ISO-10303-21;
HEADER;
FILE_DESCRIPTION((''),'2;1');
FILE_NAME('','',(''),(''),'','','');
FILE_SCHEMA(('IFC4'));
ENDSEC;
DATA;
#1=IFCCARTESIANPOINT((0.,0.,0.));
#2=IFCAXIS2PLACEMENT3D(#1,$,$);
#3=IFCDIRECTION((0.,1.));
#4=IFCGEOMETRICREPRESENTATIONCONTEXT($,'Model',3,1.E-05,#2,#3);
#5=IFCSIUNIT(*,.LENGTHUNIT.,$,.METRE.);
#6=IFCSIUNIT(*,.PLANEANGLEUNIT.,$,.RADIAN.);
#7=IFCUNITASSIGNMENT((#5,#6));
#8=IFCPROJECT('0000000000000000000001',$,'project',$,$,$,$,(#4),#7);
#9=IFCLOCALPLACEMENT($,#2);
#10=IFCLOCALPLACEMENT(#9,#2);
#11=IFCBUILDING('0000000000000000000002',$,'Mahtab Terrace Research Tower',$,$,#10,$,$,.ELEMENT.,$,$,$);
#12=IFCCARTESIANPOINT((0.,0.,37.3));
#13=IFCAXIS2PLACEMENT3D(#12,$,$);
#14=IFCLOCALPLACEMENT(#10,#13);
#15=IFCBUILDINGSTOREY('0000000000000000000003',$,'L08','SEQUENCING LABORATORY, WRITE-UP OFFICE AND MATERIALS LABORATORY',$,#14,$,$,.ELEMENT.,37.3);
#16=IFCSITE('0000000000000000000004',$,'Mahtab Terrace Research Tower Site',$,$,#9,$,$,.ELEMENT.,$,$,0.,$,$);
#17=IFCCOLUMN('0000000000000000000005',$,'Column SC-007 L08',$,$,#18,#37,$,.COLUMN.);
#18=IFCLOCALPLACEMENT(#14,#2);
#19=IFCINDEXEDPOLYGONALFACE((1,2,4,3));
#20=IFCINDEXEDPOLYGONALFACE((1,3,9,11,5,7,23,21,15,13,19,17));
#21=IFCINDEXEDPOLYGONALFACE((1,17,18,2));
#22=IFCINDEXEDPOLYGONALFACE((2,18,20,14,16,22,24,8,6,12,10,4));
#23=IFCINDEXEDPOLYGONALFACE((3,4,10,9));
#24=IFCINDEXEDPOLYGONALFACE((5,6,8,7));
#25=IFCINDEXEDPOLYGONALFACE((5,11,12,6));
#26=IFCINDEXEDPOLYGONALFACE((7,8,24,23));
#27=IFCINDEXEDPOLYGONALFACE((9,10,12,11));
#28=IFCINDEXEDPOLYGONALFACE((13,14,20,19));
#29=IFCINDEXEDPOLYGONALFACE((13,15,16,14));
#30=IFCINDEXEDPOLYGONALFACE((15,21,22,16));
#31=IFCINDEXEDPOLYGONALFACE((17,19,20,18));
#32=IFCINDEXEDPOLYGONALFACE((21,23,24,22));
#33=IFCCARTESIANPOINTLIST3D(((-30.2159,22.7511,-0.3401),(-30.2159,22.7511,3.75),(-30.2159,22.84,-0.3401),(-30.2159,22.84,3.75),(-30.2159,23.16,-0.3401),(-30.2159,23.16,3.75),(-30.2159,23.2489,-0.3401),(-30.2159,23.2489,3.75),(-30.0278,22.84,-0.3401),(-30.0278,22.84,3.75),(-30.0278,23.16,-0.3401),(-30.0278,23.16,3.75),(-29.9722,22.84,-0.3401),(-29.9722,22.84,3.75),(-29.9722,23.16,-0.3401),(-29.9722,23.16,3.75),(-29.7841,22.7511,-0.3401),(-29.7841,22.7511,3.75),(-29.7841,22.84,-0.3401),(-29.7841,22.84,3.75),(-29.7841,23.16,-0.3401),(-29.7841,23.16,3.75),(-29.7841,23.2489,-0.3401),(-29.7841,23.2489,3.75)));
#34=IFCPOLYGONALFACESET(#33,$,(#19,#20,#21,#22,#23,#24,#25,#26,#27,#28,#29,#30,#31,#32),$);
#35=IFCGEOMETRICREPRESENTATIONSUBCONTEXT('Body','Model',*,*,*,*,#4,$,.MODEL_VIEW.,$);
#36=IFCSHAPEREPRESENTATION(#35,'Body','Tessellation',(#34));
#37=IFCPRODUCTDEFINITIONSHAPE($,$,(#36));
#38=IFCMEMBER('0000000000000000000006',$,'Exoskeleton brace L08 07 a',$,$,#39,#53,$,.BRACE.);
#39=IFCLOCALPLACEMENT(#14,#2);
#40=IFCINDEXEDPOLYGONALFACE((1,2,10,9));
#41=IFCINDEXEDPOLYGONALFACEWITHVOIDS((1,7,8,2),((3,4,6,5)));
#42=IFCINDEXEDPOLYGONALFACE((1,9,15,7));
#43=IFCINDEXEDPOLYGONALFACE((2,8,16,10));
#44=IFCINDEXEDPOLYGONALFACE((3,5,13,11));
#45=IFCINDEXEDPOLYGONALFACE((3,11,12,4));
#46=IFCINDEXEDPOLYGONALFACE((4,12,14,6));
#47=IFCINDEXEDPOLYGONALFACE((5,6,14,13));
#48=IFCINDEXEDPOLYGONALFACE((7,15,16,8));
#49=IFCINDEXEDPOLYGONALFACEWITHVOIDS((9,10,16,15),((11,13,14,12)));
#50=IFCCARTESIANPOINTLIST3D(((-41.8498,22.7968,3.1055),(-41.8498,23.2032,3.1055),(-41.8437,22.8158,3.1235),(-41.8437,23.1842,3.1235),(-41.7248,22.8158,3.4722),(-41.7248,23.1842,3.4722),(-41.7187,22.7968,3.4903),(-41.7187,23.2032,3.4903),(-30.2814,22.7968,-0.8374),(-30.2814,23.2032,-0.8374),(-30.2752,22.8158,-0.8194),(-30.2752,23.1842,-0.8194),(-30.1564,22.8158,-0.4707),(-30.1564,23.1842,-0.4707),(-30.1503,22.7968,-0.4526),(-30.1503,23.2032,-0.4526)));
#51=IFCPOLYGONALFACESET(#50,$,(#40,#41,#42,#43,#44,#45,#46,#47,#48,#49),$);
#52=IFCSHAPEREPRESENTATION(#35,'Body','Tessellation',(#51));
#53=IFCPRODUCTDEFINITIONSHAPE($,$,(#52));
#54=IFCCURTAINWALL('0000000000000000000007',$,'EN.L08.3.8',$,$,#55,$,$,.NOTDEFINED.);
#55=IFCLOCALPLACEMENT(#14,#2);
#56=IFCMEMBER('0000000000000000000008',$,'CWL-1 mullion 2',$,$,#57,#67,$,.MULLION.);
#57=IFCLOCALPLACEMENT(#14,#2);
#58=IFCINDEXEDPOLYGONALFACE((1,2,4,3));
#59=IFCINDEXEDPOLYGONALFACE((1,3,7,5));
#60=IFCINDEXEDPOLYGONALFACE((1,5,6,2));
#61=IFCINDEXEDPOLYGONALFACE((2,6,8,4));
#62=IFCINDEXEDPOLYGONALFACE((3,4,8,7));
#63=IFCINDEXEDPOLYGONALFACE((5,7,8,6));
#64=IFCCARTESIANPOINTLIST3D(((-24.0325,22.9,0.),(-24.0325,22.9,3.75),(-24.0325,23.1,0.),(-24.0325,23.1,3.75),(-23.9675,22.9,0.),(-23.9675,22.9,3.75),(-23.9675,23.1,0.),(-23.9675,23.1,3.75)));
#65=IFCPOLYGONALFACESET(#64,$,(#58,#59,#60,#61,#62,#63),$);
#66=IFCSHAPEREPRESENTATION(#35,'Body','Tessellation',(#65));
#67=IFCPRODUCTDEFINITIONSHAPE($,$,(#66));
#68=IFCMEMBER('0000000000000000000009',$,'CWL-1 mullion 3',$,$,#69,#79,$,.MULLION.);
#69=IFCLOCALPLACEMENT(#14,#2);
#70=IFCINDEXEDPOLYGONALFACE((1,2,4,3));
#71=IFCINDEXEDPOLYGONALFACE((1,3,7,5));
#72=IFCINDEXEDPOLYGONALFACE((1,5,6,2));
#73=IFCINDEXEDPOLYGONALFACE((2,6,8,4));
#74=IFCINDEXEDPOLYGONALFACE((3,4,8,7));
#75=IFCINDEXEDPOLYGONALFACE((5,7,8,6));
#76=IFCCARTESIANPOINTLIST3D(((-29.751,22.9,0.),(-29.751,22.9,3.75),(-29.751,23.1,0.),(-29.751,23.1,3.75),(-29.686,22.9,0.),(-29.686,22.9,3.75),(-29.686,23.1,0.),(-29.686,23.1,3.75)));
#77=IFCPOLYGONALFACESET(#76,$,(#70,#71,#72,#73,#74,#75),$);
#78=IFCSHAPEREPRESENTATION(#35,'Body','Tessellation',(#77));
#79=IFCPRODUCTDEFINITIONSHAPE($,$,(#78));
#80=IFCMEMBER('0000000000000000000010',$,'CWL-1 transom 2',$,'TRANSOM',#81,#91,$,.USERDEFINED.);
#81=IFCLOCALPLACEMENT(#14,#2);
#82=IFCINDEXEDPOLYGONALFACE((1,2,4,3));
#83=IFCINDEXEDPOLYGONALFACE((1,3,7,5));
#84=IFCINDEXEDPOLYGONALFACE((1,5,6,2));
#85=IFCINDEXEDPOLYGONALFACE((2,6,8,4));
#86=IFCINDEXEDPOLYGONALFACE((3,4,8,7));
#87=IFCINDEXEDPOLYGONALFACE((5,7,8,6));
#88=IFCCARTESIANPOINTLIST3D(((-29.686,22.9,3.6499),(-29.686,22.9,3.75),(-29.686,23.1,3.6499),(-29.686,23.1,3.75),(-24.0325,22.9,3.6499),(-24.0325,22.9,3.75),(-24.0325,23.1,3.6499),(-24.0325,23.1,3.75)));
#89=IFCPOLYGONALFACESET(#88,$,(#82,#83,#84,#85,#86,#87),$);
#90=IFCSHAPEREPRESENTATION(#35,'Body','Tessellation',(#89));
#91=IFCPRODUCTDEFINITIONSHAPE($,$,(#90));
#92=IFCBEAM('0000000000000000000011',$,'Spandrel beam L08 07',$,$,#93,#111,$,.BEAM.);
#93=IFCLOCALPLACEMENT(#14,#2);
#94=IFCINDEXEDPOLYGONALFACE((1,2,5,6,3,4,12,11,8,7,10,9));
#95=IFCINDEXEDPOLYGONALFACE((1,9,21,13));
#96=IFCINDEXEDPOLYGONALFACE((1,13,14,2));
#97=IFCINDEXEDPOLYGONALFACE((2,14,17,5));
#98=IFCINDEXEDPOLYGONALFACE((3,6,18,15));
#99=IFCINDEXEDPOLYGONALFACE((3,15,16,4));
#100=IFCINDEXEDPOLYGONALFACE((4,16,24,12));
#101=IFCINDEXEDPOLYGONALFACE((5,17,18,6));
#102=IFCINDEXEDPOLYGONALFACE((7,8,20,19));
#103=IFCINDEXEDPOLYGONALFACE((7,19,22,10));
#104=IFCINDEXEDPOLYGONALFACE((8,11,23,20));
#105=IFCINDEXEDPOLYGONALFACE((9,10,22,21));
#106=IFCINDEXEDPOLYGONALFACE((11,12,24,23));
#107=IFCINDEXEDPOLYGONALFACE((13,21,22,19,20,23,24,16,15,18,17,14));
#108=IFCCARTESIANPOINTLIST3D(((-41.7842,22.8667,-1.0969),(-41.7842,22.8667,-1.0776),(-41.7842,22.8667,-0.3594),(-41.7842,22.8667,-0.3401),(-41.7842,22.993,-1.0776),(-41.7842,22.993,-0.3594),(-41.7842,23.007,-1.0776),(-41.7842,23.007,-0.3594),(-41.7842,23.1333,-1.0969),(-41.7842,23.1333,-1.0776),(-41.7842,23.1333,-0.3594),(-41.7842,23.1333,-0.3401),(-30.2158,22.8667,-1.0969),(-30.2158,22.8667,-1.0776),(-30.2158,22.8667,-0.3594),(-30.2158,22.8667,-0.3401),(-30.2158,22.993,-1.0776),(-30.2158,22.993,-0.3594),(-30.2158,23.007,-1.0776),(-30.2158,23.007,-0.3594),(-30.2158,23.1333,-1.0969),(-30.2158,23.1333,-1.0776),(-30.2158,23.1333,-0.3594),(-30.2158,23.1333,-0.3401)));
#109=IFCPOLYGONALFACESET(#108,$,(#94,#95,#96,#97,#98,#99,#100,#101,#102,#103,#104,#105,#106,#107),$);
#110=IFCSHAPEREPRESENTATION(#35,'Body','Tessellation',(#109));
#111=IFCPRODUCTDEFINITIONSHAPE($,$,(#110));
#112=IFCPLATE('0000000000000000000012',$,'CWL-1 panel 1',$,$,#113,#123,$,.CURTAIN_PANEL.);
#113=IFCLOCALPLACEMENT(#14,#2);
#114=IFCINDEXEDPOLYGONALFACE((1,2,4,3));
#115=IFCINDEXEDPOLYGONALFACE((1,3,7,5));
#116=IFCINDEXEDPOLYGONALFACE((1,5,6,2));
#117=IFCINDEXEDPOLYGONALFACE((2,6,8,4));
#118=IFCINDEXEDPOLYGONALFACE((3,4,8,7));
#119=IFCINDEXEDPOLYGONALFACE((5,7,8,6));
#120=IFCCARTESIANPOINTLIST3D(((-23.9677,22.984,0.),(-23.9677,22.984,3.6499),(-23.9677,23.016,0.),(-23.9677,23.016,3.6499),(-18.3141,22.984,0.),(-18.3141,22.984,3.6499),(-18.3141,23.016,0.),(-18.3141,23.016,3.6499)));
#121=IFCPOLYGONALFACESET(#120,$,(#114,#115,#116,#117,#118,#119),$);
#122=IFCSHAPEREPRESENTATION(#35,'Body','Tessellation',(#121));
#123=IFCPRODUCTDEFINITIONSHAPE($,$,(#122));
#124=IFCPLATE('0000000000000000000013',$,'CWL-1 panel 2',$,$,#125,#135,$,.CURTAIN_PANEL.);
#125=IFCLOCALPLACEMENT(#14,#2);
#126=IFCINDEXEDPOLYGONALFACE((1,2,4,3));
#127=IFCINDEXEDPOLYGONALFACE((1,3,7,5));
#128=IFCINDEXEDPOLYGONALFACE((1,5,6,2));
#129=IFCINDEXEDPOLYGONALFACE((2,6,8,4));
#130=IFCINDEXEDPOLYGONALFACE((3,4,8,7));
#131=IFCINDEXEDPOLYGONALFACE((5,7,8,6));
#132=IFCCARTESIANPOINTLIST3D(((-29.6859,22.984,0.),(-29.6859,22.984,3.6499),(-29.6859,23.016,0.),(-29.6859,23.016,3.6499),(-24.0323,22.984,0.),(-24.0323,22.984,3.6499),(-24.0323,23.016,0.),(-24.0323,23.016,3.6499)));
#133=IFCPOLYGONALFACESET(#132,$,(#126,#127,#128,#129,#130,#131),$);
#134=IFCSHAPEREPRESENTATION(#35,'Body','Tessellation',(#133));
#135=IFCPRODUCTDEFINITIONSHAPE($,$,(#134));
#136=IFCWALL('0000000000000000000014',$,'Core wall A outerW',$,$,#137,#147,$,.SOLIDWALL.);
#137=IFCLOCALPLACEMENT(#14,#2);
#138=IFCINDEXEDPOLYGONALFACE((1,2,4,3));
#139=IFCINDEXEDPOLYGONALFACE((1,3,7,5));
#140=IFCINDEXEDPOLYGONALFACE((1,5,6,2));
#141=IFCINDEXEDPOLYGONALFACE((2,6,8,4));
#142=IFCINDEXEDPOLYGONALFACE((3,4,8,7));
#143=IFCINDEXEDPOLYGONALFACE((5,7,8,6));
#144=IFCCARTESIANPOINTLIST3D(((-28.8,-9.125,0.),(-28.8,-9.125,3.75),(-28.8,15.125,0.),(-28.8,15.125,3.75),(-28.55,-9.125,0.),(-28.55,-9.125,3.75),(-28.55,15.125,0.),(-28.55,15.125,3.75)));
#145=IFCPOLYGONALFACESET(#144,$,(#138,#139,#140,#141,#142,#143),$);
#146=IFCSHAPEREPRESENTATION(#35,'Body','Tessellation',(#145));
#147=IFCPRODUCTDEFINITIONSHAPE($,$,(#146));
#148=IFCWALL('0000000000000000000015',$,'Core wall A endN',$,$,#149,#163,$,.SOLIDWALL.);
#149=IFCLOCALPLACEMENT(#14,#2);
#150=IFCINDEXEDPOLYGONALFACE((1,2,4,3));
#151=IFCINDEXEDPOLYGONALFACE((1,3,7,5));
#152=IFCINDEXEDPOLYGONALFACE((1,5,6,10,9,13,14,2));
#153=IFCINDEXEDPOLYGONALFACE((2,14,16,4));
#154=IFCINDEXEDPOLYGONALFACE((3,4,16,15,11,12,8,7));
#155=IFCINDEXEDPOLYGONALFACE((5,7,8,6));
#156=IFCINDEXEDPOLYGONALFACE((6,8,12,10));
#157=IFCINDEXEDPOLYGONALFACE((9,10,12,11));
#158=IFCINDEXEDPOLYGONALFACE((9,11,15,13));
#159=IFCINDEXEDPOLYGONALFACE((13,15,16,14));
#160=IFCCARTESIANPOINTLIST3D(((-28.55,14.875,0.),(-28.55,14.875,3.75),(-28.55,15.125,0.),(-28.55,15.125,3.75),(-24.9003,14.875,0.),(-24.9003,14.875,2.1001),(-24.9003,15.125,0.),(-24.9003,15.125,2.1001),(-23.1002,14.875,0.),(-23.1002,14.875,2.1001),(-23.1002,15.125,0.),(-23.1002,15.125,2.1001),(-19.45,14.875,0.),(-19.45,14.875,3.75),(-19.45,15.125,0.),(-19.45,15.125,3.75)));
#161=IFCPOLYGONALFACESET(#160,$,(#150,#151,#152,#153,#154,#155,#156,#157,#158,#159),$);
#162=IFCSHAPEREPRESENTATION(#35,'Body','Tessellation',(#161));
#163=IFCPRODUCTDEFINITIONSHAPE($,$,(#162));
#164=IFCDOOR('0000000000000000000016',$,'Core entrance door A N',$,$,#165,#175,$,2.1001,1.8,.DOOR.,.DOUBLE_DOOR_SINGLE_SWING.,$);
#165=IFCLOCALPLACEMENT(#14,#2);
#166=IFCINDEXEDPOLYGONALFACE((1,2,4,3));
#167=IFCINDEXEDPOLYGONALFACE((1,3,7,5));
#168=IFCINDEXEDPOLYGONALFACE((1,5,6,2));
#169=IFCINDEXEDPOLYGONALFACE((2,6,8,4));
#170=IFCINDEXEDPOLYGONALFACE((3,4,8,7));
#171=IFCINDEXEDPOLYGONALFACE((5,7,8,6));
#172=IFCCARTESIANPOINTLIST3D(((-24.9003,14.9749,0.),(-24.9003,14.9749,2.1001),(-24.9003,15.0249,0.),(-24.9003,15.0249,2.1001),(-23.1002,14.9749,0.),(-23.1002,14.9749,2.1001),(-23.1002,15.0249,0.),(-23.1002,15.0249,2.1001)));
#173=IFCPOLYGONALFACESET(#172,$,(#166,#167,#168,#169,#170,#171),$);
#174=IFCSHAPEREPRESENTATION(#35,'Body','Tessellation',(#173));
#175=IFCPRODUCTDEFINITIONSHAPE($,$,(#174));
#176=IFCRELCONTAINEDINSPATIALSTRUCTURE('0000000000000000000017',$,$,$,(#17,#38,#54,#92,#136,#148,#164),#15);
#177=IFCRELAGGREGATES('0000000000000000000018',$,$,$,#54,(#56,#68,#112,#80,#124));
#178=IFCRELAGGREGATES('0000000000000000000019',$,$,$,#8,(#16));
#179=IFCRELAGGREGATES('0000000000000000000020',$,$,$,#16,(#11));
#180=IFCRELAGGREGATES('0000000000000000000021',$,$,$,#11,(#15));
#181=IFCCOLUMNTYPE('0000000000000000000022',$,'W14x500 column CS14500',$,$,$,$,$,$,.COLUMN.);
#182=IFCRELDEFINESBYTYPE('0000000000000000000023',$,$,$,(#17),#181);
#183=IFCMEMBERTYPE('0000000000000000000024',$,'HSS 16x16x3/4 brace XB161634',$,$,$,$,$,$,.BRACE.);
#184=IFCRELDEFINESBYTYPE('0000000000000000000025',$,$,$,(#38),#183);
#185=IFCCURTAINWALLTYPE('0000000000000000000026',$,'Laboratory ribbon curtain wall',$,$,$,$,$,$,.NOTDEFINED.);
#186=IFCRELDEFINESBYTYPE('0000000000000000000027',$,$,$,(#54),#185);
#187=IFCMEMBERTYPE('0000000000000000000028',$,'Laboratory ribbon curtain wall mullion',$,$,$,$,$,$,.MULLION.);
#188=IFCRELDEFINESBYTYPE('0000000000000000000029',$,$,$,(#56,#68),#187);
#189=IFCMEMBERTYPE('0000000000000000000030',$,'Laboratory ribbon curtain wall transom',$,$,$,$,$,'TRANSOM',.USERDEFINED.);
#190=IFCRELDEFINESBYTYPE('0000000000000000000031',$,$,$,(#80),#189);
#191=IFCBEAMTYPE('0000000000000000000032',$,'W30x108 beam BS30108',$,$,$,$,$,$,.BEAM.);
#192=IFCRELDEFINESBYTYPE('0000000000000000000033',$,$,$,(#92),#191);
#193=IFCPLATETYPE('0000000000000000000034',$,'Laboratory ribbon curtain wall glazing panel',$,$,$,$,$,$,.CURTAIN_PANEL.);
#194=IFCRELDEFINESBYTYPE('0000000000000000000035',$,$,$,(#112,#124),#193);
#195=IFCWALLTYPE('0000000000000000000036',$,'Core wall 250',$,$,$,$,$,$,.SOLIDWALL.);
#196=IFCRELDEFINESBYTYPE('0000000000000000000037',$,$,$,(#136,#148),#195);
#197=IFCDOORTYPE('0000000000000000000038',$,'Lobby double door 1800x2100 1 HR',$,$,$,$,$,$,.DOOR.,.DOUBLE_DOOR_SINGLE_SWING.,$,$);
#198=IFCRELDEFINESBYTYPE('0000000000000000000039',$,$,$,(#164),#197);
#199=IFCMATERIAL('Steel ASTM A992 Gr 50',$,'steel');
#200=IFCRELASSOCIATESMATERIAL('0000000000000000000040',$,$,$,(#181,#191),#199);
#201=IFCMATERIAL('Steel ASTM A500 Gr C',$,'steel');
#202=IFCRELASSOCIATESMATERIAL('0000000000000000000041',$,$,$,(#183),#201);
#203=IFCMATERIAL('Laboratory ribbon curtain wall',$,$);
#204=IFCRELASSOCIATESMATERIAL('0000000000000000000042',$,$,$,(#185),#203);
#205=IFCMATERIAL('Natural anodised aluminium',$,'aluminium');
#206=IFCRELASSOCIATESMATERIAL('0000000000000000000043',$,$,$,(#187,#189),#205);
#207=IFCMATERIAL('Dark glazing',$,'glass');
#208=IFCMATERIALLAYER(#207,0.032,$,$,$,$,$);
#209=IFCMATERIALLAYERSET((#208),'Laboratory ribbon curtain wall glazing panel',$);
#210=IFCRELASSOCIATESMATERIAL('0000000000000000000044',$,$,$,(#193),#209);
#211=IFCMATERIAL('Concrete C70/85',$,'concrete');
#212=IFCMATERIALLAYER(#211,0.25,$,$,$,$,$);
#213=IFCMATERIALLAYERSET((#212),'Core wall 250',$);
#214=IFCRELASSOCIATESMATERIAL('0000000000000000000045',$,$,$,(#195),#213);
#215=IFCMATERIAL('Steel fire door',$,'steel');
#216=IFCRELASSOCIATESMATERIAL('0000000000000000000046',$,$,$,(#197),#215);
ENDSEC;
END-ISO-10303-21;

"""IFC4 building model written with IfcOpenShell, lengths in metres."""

from ifc_helpers import new_model, si_unit, direction, frame, frame_2d, origin, origin_2d, place, context, subcontext, project, spatial, rectangle, hollow_rectangle, i_section, extrude, material, layer, layer_set, material_profile, profile_set, type_object, element, fill, aggregate, save


model = new_model("IFC4")

# Units and contexts
model_context = context("Model", 3, precision=1e-05, world=origin(), true_north=direction((0.0, 1.0)))
body_context = subcontext(model_context, "Body", "Model", "MODEL_VIEW")
ifc_project = project(units=[si_unit("LENGTHUNIT", "METRE"), si_unit("PLANEANGLEUNIT", "RADIAN")], contexts=[model_context])

# Site, building, storey
site_placement = place(None, origin())
site = spatial("IfcSite", under=ifc_project, at=site_placement, Name="Mahtab Terrace Research Tower Site", CompositionType="ELEMENT", RefElevation=0.0)
building_placement = place(site_placement, origin())
building = spatial("IfcBuilding", under=site, at=building_placement, Name="Mahtab Terrace Research Tower", CompositionType="ELEMENT")
storey_placement = place(building_placement, frame((0.0, 0.0, 37.3)))
storey = spatial("IfcBuildingStorey", under=building, at=storey_placement, Name="L08", Description="SEQUENCING LABORATORY, WRITE-UP OFFICE AND MATERIALS LABORATORY", CompositionType="ELEMENT", Elevation=37.3)

# Column
ifc_material_1 = material(Name="Steel ASTM A992 Gr 50", Category="steel")
ifc_material_profile_1 = material_profile(ifc_material_1, i_section(OverallWidth=0.4319, OverallDepth=0.4978, WebThickness=0.0557, FlangeThickness=0.0889, at=origin_2d()), Name="W14X500")
ifc_profile_set_1 = profile_set([ifc_material_profile_1], Name="Steel ASTM A992 Gr 50")
column_type = type_object("IfcColumnType", Name="W14x500 column CS14500", PredefinedType="COLUMN", material=ifc_profile_set_1)
column_placement = place(storey_placement, frame((-30.0, 23.0, -0.3401), z_axis=(0.0, 0.0, 1.0), x_axis=(1.0, 0.0, 0.0)))
element("IfcColumn", 1, at=column_placement, inside=storey, type_object=column_type, Name="Column SC-007 L08", PredefinedType="COLUMN", context=body_context, shape_type="SweptSolid", body=[
    extrude(i_section(OverallWidth=0.4319, OverallDepth=0.4978, WebThickness=0.0557, FlangeThickness=0.0889, at=origin_2d()), origin(), (0.0, 0.0, 1.0), 4.0901),
])

# Member
ifc_material_2 = material(Name="Steel ASTM A500 Gr C", Category="steel")
ifc_material_profile_2 = material_profile(ifc_material_2, hollow_rectangle(XDim=0.4065, YDim=0.4065, WallThickness=0.019, at=origin_2d()), Name="HSS16X16X3/4")
ifc_profile_set_2 = profile_set([ifc_material_profile_2], Name="Steel ASTM A500 Gr C")
member_type_1 = type_object("IfcMemberType", Name="HSS 16x16x3/4 brace XB161634", PredefinedType="BRACE", material=ifc_profile_set_2)
member_1_placement = place(storey_placement, frame((-30.2158, 23.0, -0.645), z_axis=(-0.946532, 0.0, 0.322609), x_axis=(0.0, -1.0, 0.0)))
element("IfcMember", 2, at=member_1_placement, inside=storey, type_object=member_type_1, Name="Exoskeleton brace L08 07 a", PredefinedType="BRACE", context=body_context, shape_type="SweptSolid", body=[
    extrude(hollow_rectangle(XDim=0.4065, YDim=0.4065, WallThickness=0.019, at=origin_2d()), origin(), (0.0, 0.0, 1.0), 12.2219),
])

# Curtain wall, members
ifc_material_3 = material(Name="Laboratory ribbon curtain wall")
curtain_wall_type = type_object("IfcCurtainWallType", Name="Laboratory ribbon curtain wall", PredefinedType="NOTDEFINED", material=ifc_material_3)
curtain_wall_placement = place(storey_placement, origin())
curtain_wall = element("IfcCurtainWall", 3, at=curtain_wall_placement, inside=storey, type_object=curtain_wall_type, Name="EN.L08.3.8", PredefinedType="NOTDEFINED")
ifc_material_4 = material(Name="Natural anodised aluminium", Category="aluminium")
ifc_material_profile_3 = material_profile(ifc_material_4, rectangle(XDim=0.2, YDim=0.0649, at=origin_2d()), Name="MULLION 65x200")
ifc_profile_set_3 = profile_set([ifc_material_profile_3], Name="Natural anodised aluminium")
member_type_2 = type_object("IfcMemberType", Name="Laboratory ribbon curtain wall mullion", PredefinedType="MULLION", material=ifc_profile_set_3)
member_2_placement = place(storey_placement, frame((-24.0, 23.0, 0.0), z_axis=(0.0, 0.0, 1.0), x_axis=(0.0, -1.0, 0.0)))
member_2 = element("IfcMember", 4, at=member_2_placement, type_object=member_type_2, Name="CWL-1 mullion 2", PredefinedType="MULLION", context=body_context, shape_type="SweptSolid", body=[
    extrude(rectangle(XDim=0.2, YDim=0.0649, at=origin_2d()), origin(), (0.0, 0.0, 1.0), 3.75),
])
member_3_placement = place(storey_placement, frame((-29.7185, 23.0, 0.0), z_axis=(0.0, 0.0, 1.0), x_axis=(0.0, -1.0, 0.0)))
member_3 = element("IfcMember", 5, at=member_3_placement, type_object=member_type_2, Name="CWL-1 mullion 3", PredefinedType="MULLION", context=body_context, shape_type="SweptSolid", body=[
    extrude(rectangle(XDim=0.2, YDim=0.0649, at=origin_2d()), origin(), (0.0, 0.0, 1.0), 3.75),
])
ifc_material_profile_4 = material_profile(ifc_material_4, rectangle(XDim=0.2, YDim=0.1001, at=origin_2d()), Name="TRANSOM 100x200")
ifc_profile_set_4 = profile_set([ifc_material_profile_4], Name="Natural anodised aluminium")
member_type_3 = type_object("IfcMemberType", Name="Laboratory ribbon curtain wall transom", ElementType="TRANSOM", PredefinedType="USERDEFINED", material=ifc_profile_set_4)
member_4_placement = place(storey_placement, frame((-24.0325, 23.0, 3.7), z_axis=(-1.0, 0.0, 0.0), x_axis=(0.0, -1.0, 0.0)))
member_4 = element("IfcMember", 6, at=member_4_placement, type_object=member_type_3, Name="CWL-1 transom 2", ObjectType="TRANSOM", PredefinedType="USERDEFINED", context=body_context, shape_type="SweptSolid", body=[
    extrude(rectangle(XDim=0.2, YDim=0.1001, at=origin_2d()), origin(), (0.0, 0.0, 1.0), 5.6536),
])

# Beam
ifc_material_profile_5 = material_profile(ifc_material_1, i_section(OverallWidth=0.2666, OverallDepth=0.7568, WebThickness=0.0139, FlangeThickness=0.0193, at=origin_2d()), Name="W30X108")
ifc_profile_set_5 = profile_set([ifc_material_profile_5], Name="Steel ASTM A992 Gr 50")
beam_type = type_object("IfcBeamType", Name="W30x108 beam BS30108", PredefinedType="BEAM", material=ifc_profile_set_5)
beam_placement = place(storey_placement, frame((-30.2158, 23.0, -0.7185), z_axis=(-1.0, 0.0, 0.0), x_axis=(0.0, -1.0, 0.0)))
element("IfcBeam", 7, at=beam_placement, inside=storey, type_object=beam_type, Name="Spandrel beam L08 07", PredefinedType="BEAM", context=body_context, shape_type="SweptSolid", body=[
    extrude(i_section(OverallWidth=0.2666, OverallDepth=0.7568, WebThickness=0.0139, FlangeThickness=0.0193, at=origin_2d()), origin(), (0.0, 0.0, 1.0), 11.5684),
])

# Plates
ifc_material_5 = material(Name="Dark glazing", Category="glass")
ifc_layer_1 = layer(ifc_material_5, 0.032)
ifc_layer_set_1 = layer_set([ifc_layer_1], Name="Laboratory ribbon curtain wall glazing panel")
plate_type = type_object("IfcPlateType", Name="Laboratory ribbon curtain wall glazing panel", PredefinedType="CURTAIN_PANEL", material=ifc_layer_set_1)
plate_1_placement = place(storey_placement, frame((-21.1409, 23.0, 0.0), z_axis=(0.0, 0.0, 1.0), x_axis=(-1.0, 0.0, 0.0)))
plate_1 = element("IfcPlate", 8, at=plate_1_placement, type_object=plate_type, Name="CWL-1 panel 1", PredefinedType="CURTAIN_PANEL", context=body_context, shape_type="SweptSolid", body=[
    extrude(rectangle(XDim=5.6536, YDim=0.032, at=origin_2d()), origin(), (0.0, 0.0, 1.0), 3.6499),
])
plate_2_placement = place(storey_placement, frame((-26.8591, 23.0, 0.0), z_axis=(0.0, 0.0, 1.0), x_axis=(-1.0, 0.0, 0.0)))
plate_2 = element("IfcPlate", 9, at=plate_2_placement, type_object=plate_type, Name="CWL-1 panel 2", PredefinedType="CURTAIN_PANEL", context=body_context, shape_type="SweptSolid", body=[
    extrude(rectangle(XDim=5.6536, YDim=0.032, at=origin_2d()), origin(), (0.0, 0.0, 1.0), 3.6499),
])
aggregate(curtain_wall, [member_2, member_3, plate_1, member_4, plate_2])

# Wall
ifc_material_6 = material(Name="Concrete C70/85", Category="concrete")
ifc_layer_2 = layer(ifc_material_6, 0.25)
ifc_layer_set_2 = layer_set([ifc_layer_2], Name="Core wall 250")
wall_type_1 = type_object("IfcWallType", Name="Core wall 250", PredefinedType="SOLIDWALL", material=ifc_layer_set_2)
wall_1_placement = place(storey_placement, frame((-28.675, 15.125, 0.0), z_axis=(0.0, 0.0, 1.0), x_axis=(0.0, -1.0, 0.0)))
element("IfcWall", 10, at=wall_1_placement, inside=storey, type_object=wall_type_1, Name="Core wall A outerW", PredefinedType="SOLIDWALL", context=body_context, shape_type="SweptSolid", body=[
    extrude(rectangle(XDim=24.25, YDim=0.25, at=frame_2d((12.125, 0.0))), origin(), (0.0, 0.0, 1.0), 3.75),
])

# Wall, opening, door
wall_2_placement = place(storey_placement, frame((-28.55, 15.0, 0.0), z_axis=(0.0, 0.0, 1.0), x_axis=(1.0, 0.0, 0.0)))
wall_2 = element("IfcWall", 11, at=wall_2_placement, inside=storey, type_object=wall_type_1, Name="Core wall A endN", PredefinedType="SOLIDWALL", context=body_context, shape_type="SweptSolid", body=[
    extrude(rectangle(XDim=9.1001, YDim=0.25, at=frame_2d((4.55, 0.0))), origin(), (0.0, 0.0, 1.0), 3.75),
])
opening_1_placement = place(wall_2_placement, frame((3.6499, 0.0, 0.0)))
opening_1 = element("IfcOpeningElement", 12, at=opening_1_placement, cuts=wall_2, PredefinedType="OPENING", context=body_context, shape_type="SweptSolid", body=[
    extrude(rectangle(XDim=1.8, YDim=2.1001, at=frame_2d((0.8999, 1.05))), frame((0.0, 0.135, 0.0), z_axis=(0.0, -1.0, 0.0), x_axis=(1.0, 0.0, 0.0)), (0.0, 0.0, 1.0), 0.27),
])
ifc_material_7 = material(Name="Steel fire door", Category="steel")
door_type_1 = type_object("IfcDoorType", Name="Lobby double door 1800x2100 1 HR", OperationType="DOUBLE_DOOR_SINGLE_SWING", PredefinedType="DOOR", material=ifc_material_7)
door_1_placement = place(opening_1_placement, origin())
door_1 = element("IfcDoor", 13, at=door_1_placement, inside=storey, type_object=door_type_1, Name="Core entrance door A N", OperationType="DOUBLE_DOOR_SINGLE_SWING", OverallHeight=2.1001, OverallWidth=1.8, PredefinedType="DOOR", context=body_context, shape_type="SweptSolid", body=[
    extrude(rectangle(XDim=1.8, YDim=2.1001, at=frame_2d((0.8999, 1.05))), frame((0.0, 0.0249, 0.0), z_axis=(0.0, -1.0, 0.0), x_axis=(1.0, 0.0, 0.0)), (0.0, 0.0, 1.0), 0.05),
])
fill(opening_1, door_1)

save(model, "model.ifc")
